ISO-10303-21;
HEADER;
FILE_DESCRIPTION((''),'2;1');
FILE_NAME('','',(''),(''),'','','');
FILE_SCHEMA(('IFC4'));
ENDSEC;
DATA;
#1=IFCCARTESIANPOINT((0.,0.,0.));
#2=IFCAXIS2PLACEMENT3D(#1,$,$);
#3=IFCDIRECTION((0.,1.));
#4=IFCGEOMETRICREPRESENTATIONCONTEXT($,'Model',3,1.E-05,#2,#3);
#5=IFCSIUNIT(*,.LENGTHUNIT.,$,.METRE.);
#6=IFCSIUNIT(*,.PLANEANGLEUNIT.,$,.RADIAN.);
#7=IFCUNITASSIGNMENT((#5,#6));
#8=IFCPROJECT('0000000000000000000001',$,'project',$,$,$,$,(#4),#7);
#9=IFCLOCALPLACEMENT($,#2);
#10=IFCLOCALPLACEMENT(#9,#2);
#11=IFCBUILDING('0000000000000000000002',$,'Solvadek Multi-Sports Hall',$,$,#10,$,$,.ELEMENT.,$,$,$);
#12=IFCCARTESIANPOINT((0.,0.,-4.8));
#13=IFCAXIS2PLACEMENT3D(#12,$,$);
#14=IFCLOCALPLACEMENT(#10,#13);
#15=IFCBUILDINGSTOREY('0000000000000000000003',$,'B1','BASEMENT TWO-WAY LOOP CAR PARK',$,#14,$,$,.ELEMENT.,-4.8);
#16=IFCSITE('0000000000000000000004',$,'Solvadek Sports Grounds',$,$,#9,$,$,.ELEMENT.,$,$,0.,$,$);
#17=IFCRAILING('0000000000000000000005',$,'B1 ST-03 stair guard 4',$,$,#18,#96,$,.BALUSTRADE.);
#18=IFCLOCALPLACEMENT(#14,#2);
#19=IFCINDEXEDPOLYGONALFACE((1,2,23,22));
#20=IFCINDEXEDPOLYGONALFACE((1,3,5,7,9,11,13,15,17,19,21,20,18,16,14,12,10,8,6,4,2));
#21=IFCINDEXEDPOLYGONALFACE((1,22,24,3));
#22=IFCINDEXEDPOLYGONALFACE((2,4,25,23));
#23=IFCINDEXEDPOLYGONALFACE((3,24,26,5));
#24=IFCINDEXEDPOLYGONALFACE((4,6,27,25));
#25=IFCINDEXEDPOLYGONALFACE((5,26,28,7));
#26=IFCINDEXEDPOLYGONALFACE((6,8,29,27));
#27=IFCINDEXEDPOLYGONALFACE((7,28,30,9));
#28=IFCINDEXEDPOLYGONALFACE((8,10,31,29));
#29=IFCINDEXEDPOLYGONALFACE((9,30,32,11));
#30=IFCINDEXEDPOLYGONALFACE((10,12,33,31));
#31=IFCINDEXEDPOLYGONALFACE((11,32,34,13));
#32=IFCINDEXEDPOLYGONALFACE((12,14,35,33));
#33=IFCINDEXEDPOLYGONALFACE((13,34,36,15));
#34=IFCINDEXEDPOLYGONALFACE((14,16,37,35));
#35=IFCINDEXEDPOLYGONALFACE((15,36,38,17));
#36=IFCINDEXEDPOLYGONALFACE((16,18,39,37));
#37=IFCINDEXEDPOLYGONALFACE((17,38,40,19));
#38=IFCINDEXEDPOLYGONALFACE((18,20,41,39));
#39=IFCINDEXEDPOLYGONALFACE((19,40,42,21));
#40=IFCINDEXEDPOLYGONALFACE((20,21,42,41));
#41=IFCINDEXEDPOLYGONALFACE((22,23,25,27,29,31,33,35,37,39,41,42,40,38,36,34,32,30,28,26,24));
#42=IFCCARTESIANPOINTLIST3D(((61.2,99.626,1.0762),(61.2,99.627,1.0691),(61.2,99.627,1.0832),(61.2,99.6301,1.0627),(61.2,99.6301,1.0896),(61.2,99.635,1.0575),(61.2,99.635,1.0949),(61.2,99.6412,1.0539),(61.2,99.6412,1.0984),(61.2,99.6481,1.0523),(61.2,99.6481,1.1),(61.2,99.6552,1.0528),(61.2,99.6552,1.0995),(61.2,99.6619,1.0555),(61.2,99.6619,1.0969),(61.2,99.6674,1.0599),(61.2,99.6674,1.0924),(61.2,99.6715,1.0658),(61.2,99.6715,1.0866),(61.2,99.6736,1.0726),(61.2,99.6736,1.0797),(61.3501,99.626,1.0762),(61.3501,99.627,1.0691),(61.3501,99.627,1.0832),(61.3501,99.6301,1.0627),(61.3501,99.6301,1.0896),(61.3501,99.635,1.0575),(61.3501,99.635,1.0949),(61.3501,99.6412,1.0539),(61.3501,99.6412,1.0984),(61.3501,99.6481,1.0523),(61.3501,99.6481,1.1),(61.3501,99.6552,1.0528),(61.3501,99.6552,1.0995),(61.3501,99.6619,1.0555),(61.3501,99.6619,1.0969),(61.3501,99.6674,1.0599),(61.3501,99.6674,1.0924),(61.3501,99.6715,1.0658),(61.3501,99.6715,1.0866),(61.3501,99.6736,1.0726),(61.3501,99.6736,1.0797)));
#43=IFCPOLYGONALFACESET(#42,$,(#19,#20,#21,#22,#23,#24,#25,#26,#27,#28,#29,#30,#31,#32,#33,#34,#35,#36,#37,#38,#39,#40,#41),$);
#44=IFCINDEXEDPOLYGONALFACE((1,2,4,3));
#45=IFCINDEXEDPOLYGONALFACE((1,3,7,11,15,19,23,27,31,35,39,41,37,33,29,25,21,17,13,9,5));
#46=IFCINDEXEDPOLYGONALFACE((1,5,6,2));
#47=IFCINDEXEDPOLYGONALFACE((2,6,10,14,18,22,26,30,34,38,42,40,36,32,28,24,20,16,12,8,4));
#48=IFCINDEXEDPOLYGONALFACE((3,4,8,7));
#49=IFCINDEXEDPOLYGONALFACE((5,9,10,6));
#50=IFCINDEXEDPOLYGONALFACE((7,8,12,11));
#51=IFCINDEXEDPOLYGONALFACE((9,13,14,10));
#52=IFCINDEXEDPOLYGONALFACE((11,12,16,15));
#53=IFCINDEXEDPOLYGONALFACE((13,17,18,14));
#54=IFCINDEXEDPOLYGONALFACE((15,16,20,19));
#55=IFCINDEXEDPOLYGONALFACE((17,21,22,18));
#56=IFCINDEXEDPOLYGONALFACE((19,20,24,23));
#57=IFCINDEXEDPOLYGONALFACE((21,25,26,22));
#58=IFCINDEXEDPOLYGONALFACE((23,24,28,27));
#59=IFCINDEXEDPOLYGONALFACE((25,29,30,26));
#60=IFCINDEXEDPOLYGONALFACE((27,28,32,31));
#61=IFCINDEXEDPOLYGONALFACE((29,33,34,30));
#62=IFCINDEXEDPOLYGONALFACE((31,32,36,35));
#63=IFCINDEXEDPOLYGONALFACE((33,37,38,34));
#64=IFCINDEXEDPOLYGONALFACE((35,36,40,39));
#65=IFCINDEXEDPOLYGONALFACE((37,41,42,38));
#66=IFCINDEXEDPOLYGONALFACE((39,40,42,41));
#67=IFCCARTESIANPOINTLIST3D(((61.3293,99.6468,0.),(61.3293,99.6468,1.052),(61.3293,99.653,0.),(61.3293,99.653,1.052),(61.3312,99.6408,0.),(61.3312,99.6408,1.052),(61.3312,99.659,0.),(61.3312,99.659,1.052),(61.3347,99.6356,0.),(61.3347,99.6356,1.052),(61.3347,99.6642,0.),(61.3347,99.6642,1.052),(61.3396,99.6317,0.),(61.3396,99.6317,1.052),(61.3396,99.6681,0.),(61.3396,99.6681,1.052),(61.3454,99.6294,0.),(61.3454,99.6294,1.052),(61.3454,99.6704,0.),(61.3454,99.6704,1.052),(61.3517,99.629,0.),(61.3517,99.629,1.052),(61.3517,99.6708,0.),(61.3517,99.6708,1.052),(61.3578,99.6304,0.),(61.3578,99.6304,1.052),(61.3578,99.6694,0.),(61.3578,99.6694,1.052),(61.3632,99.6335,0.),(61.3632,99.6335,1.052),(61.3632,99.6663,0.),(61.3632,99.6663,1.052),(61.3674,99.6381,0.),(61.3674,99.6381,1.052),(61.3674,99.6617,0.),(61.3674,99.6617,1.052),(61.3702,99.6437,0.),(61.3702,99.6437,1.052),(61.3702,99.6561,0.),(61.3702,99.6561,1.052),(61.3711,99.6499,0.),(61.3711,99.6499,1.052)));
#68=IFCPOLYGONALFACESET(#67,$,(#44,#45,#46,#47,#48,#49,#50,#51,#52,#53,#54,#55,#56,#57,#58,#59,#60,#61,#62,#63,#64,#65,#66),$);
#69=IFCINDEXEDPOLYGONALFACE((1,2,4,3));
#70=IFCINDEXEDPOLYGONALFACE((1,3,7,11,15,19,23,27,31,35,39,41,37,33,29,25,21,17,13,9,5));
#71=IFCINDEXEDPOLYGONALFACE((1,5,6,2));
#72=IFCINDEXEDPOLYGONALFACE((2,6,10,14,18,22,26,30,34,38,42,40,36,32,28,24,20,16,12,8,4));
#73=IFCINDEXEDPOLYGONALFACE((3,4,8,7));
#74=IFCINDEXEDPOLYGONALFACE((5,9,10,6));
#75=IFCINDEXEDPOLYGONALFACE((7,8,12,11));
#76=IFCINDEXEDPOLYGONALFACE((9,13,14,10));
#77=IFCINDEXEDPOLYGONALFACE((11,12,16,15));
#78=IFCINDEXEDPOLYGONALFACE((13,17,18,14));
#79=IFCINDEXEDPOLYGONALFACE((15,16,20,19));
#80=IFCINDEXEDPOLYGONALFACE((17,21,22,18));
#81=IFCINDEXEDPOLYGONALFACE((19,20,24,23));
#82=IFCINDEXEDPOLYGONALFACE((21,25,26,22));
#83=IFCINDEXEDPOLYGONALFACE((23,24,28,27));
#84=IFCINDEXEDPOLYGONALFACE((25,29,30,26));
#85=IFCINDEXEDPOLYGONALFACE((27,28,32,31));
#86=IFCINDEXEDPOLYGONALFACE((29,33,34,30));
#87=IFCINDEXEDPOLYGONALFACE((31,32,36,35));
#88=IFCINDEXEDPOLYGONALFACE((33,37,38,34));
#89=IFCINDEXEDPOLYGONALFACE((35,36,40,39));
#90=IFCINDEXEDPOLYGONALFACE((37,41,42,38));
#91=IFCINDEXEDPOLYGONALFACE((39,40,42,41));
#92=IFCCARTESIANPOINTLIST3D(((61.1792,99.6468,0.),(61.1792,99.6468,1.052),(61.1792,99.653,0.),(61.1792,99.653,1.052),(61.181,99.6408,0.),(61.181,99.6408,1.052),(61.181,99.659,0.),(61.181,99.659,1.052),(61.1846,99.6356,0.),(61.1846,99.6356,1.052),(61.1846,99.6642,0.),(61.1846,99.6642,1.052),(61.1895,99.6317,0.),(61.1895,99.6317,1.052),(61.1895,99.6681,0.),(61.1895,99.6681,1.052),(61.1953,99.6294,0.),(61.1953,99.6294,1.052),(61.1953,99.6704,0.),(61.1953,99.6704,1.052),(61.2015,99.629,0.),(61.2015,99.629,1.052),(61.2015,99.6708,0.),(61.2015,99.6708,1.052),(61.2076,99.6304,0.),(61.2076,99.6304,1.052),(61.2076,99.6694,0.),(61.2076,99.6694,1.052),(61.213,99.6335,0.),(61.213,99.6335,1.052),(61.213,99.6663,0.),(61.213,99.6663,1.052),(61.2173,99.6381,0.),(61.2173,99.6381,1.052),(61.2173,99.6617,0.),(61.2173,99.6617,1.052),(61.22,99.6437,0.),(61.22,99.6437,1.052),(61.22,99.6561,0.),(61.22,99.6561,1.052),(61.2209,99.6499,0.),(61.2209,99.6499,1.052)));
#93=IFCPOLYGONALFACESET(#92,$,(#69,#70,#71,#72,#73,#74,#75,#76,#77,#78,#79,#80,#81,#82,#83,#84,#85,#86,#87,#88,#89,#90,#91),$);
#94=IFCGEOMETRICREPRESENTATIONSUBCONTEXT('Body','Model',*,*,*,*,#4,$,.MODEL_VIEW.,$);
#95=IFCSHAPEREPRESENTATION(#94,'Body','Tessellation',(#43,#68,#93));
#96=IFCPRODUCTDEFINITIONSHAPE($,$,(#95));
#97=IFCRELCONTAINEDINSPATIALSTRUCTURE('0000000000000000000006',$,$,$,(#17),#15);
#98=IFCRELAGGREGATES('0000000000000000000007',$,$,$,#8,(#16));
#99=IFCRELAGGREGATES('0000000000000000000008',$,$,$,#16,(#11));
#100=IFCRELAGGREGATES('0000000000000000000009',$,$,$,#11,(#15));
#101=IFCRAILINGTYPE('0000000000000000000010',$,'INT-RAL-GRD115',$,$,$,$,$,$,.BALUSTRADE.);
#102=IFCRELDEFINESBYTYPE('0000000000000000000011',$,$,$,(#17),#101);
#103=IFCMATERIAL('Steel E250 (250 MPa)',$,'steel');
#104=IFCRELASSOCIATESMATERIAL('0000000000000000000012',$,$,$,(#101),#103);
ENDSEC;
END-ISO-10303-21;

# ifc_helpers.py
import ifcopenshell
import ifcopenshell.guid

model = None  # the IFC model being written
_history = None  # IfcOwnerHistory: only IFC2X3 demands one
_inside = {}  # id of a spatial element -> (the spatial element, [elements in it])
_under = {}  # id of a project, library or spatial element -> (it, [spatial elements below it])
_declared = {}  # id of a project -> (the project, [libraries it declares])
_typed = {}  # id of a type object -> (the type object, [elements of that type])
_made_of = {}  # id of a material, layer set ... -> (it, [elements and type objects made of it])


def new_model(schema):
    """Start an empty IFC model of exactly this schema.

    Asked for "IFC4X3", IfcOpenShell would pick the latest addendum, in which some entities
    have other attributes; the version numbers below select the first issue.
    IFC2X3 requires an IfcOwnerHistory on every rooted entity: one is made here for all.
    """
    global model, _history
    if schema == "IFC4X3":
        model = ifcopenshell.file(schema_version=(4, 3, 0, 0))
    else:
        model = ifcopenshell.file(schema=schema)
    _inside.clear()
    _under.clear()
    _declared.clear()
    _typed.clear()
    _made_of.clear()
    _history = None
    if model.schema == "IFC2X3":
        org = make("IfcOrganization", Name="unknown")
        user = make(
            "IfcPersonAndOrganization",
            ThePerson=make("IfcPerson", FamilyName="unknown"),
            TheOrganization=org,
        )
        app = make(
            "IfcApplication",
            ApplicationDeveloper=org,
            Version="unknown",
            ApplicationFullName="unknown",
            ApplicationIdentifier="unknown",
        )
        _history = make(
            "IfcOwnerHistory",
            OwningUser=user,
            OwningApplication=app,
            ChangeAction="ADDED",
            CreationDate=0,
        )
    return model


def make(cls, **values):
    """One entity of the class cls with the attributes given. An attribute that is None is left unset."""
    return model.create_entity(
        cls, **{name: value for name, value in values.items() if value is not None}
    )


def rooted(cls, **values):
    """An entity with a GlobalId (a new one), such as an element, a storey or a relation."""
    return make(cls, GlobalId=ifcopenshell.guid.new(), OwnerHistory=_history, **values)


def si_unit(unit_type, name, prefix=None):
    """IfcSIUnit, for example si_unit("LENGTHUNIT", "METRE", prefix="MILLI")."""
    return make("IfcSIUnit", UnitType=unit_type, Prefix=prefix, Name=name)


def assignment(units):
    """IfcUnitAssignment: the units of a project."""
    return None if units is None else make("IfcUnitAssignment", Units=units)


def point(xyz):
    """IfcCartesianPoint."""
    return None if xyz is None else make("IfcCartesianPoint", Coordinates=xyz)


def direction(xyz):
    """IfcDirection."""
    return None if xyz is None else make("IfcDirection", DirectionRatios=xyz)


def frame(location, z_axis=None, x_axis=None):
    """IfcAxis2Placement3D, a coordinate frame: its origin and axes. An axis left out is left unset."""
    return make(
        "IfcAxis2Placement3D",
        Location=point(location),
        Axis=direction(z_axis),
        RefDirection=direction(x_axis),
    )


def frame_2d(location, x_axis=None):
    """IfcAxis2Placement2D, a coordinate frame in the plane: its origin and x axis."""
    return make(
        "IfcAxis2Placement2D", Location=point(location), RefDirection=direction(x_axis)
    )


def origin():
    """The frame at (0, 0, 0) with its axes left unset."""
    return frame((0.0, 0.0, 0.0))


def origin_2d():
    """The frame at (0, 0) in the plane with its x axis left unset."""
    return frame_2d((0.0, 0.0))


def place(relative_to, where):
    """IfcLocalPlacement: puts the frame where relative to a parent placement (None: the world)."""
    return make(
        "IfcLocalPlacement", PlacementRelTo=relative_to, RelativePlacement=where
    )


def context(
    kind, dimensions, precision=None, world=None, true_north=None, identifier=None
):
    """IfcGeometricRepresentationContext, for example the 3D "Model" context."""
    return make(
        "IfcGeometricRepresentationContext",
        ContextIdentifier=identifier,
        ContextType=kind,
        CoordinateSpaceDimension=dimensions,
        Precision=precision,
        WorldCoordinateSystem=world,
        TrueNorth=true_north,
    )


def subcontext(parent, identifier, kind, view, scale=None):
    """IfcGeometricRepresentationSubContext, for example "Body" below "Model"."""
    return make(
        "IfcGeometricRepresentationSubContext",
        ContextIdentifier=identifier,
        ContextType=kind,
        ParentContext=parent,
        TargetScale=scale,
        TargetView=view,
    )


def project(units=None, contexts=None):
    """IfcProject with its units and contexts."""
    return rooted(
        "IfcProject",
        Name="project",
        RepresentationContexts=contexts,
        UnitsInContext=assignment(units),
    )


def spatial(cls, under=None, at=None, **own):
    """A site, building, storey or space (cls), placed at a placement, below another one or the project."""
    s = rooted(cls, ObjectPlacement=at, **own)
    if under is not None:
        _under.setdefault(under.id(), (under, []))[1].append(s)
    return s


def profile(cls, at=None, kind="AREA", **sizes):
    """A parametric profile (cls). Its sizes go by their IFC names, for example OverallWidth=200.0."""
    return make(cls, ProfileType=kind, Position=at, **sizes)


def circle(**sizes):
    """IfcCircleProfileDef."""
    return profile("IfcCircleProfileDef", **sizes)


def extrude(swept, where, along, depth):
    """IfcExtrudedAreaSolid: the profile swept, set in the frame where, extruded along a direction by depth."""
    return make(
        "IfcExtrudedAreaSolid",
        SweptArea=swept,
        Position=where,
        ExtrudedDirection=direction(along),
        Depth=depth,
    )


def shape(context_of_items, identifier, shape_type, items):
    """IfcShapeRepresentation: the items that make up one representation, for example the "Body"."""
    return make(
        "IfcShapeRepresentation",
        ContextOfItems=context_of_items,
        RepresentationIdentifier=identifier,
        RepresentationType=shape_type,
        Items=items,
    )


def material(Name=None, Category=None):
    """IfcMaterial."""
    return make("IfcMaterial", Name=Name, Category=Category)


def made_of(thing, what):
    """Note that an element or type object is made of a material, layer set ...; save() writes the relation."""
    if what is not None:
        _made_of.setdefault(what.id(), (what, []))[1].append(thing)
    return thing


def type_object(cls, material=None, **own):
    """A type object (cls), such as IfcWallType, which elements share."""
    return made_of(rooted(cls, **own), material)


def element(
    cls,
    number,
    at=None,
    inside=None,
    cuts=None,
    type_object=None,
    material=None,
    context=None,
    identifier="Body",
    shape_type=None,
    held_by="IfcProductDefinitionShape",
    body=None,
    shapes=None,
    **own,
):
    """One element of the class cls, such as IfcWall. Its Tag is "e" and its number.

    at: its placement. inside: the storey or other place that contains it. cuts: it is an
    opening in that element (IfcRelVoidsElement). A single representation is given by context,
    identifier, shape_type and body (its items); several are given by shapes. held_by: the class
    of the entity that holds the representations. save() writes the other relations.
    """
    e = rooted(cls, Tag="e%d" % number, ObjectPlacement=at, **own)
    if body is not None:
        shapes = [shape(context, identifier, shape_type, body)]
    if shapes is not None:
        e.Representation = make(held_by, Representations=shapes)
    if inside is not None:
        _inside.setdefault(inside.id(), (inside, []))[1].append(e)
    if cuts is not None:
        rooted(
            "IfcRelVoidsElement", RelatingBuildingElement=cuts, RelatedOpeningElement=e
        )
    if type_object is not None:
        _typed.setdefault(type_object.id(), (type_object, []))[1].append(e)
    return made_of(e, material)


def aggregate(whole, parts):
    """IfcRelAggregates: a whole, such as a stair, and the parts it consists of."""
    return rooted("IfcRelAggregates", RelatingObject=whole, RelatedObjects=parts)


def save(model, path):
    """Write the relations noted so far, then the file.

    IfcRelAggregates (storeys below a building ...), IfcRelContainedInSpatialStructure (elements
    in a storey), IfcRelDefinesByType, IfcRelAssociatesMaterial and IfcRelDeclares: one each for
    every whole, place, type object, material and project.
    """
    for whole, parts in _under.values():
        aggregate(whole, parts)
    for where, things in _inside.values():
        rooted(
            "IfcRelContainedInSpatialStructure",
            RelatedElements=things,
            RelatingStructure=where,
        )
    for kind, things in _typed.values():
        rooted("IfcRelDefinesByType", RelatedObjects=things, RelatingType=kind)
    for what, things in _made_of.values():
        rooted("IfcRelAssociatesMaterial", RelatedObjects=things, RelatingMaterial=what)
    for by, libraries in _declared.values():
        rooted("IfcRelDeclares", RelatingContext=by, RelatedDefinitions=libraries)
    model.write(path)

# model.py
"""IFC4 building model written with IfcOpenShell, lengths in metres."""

from ifc_helpers import new_model, si_unit, direction, frame, origin, origin_2d, place, context, subcontext, project, spatial, circle, extrude, material, type_object, element, save


model = new_model("IFC4")

# Units and contexts
model_context = context("Model", 3, precision=1e-05, world=origin(), true_north=direction((0.0, 1.0)))
body_context = subcontext(model_context, "Body", "Model", "MODEL_VIEW")
ifc_project = project(units=[si_unit("LENGTHUNIT", "METRE"), si_unit("PLANEANGLEUNIT", "RADIAN")], contexts=[model_context])

# Site, building, storey
site_placement = place(None, origin())
site = spatial("IfcSite", under=ifc_project, at=site_placement, Name="Solvadek Sports Grounds", CompositionType="ELEMENT", RefElevation=0.0)
building_placement = place(site_placement, origin())
building = spatial("IfcBuilding", under=site, at=building_placement, Name="Solvadek Multi-Sports Hall", CompositionType="ELEMENT")
storey_placement = place(building_placement, frame((0.0, 0.0, -4.8)))
storey = spatial("IfcBuildingStorey", under=building, at=storey_placement, Name="B1", Description="BASEMENT TWO-WAY LOOP CAR PARK", CompositionType="ELEMENT", Elevation=-4.8)

# Shared definitions
ifc_material_1 = material(Name="Steel E250 (250 MPa)", Category="steel")

# Railing
railing_type_1 = type_object("IfcRailingType", Name="INT-RAL-GRD115", PredefinedType="BALUSTRADE", material=ifc_material_1)
railing_1_placement = place(storey_placement, frame((61.3501, 99.6499, 0.0)))
element("IfcRailing", 1, at=railing_1_placement, inside=storey, type_object=railing_type_1, Name="B1 ST-03 stair guard 4", PredefinedType="BALUSTRADE", context=body_context, shape_type="SweptSolid", body=[
    extrude(circle(Radius=0.0239, at=origin_2d()), frame((0.0, 0.0, 1.0762), z_axis=(-1.0, 0.0, 0.0), x_axis=(0.0, -1.0, 0.0)), (0.0, 0.0, 1.0), 0.1501),
    extrude(circle(Radius=0.021, at=origin_2d()), origin(), (0.0, 0.0, 1.0), 1.052),
    extrude(circle(Radius=0.021, at=origin_2d()), frame((-0.1501, 0.0, 0.0)), (0.0, 0.0, 1.0), 1.052),
])

save(model, "model.ifc")
